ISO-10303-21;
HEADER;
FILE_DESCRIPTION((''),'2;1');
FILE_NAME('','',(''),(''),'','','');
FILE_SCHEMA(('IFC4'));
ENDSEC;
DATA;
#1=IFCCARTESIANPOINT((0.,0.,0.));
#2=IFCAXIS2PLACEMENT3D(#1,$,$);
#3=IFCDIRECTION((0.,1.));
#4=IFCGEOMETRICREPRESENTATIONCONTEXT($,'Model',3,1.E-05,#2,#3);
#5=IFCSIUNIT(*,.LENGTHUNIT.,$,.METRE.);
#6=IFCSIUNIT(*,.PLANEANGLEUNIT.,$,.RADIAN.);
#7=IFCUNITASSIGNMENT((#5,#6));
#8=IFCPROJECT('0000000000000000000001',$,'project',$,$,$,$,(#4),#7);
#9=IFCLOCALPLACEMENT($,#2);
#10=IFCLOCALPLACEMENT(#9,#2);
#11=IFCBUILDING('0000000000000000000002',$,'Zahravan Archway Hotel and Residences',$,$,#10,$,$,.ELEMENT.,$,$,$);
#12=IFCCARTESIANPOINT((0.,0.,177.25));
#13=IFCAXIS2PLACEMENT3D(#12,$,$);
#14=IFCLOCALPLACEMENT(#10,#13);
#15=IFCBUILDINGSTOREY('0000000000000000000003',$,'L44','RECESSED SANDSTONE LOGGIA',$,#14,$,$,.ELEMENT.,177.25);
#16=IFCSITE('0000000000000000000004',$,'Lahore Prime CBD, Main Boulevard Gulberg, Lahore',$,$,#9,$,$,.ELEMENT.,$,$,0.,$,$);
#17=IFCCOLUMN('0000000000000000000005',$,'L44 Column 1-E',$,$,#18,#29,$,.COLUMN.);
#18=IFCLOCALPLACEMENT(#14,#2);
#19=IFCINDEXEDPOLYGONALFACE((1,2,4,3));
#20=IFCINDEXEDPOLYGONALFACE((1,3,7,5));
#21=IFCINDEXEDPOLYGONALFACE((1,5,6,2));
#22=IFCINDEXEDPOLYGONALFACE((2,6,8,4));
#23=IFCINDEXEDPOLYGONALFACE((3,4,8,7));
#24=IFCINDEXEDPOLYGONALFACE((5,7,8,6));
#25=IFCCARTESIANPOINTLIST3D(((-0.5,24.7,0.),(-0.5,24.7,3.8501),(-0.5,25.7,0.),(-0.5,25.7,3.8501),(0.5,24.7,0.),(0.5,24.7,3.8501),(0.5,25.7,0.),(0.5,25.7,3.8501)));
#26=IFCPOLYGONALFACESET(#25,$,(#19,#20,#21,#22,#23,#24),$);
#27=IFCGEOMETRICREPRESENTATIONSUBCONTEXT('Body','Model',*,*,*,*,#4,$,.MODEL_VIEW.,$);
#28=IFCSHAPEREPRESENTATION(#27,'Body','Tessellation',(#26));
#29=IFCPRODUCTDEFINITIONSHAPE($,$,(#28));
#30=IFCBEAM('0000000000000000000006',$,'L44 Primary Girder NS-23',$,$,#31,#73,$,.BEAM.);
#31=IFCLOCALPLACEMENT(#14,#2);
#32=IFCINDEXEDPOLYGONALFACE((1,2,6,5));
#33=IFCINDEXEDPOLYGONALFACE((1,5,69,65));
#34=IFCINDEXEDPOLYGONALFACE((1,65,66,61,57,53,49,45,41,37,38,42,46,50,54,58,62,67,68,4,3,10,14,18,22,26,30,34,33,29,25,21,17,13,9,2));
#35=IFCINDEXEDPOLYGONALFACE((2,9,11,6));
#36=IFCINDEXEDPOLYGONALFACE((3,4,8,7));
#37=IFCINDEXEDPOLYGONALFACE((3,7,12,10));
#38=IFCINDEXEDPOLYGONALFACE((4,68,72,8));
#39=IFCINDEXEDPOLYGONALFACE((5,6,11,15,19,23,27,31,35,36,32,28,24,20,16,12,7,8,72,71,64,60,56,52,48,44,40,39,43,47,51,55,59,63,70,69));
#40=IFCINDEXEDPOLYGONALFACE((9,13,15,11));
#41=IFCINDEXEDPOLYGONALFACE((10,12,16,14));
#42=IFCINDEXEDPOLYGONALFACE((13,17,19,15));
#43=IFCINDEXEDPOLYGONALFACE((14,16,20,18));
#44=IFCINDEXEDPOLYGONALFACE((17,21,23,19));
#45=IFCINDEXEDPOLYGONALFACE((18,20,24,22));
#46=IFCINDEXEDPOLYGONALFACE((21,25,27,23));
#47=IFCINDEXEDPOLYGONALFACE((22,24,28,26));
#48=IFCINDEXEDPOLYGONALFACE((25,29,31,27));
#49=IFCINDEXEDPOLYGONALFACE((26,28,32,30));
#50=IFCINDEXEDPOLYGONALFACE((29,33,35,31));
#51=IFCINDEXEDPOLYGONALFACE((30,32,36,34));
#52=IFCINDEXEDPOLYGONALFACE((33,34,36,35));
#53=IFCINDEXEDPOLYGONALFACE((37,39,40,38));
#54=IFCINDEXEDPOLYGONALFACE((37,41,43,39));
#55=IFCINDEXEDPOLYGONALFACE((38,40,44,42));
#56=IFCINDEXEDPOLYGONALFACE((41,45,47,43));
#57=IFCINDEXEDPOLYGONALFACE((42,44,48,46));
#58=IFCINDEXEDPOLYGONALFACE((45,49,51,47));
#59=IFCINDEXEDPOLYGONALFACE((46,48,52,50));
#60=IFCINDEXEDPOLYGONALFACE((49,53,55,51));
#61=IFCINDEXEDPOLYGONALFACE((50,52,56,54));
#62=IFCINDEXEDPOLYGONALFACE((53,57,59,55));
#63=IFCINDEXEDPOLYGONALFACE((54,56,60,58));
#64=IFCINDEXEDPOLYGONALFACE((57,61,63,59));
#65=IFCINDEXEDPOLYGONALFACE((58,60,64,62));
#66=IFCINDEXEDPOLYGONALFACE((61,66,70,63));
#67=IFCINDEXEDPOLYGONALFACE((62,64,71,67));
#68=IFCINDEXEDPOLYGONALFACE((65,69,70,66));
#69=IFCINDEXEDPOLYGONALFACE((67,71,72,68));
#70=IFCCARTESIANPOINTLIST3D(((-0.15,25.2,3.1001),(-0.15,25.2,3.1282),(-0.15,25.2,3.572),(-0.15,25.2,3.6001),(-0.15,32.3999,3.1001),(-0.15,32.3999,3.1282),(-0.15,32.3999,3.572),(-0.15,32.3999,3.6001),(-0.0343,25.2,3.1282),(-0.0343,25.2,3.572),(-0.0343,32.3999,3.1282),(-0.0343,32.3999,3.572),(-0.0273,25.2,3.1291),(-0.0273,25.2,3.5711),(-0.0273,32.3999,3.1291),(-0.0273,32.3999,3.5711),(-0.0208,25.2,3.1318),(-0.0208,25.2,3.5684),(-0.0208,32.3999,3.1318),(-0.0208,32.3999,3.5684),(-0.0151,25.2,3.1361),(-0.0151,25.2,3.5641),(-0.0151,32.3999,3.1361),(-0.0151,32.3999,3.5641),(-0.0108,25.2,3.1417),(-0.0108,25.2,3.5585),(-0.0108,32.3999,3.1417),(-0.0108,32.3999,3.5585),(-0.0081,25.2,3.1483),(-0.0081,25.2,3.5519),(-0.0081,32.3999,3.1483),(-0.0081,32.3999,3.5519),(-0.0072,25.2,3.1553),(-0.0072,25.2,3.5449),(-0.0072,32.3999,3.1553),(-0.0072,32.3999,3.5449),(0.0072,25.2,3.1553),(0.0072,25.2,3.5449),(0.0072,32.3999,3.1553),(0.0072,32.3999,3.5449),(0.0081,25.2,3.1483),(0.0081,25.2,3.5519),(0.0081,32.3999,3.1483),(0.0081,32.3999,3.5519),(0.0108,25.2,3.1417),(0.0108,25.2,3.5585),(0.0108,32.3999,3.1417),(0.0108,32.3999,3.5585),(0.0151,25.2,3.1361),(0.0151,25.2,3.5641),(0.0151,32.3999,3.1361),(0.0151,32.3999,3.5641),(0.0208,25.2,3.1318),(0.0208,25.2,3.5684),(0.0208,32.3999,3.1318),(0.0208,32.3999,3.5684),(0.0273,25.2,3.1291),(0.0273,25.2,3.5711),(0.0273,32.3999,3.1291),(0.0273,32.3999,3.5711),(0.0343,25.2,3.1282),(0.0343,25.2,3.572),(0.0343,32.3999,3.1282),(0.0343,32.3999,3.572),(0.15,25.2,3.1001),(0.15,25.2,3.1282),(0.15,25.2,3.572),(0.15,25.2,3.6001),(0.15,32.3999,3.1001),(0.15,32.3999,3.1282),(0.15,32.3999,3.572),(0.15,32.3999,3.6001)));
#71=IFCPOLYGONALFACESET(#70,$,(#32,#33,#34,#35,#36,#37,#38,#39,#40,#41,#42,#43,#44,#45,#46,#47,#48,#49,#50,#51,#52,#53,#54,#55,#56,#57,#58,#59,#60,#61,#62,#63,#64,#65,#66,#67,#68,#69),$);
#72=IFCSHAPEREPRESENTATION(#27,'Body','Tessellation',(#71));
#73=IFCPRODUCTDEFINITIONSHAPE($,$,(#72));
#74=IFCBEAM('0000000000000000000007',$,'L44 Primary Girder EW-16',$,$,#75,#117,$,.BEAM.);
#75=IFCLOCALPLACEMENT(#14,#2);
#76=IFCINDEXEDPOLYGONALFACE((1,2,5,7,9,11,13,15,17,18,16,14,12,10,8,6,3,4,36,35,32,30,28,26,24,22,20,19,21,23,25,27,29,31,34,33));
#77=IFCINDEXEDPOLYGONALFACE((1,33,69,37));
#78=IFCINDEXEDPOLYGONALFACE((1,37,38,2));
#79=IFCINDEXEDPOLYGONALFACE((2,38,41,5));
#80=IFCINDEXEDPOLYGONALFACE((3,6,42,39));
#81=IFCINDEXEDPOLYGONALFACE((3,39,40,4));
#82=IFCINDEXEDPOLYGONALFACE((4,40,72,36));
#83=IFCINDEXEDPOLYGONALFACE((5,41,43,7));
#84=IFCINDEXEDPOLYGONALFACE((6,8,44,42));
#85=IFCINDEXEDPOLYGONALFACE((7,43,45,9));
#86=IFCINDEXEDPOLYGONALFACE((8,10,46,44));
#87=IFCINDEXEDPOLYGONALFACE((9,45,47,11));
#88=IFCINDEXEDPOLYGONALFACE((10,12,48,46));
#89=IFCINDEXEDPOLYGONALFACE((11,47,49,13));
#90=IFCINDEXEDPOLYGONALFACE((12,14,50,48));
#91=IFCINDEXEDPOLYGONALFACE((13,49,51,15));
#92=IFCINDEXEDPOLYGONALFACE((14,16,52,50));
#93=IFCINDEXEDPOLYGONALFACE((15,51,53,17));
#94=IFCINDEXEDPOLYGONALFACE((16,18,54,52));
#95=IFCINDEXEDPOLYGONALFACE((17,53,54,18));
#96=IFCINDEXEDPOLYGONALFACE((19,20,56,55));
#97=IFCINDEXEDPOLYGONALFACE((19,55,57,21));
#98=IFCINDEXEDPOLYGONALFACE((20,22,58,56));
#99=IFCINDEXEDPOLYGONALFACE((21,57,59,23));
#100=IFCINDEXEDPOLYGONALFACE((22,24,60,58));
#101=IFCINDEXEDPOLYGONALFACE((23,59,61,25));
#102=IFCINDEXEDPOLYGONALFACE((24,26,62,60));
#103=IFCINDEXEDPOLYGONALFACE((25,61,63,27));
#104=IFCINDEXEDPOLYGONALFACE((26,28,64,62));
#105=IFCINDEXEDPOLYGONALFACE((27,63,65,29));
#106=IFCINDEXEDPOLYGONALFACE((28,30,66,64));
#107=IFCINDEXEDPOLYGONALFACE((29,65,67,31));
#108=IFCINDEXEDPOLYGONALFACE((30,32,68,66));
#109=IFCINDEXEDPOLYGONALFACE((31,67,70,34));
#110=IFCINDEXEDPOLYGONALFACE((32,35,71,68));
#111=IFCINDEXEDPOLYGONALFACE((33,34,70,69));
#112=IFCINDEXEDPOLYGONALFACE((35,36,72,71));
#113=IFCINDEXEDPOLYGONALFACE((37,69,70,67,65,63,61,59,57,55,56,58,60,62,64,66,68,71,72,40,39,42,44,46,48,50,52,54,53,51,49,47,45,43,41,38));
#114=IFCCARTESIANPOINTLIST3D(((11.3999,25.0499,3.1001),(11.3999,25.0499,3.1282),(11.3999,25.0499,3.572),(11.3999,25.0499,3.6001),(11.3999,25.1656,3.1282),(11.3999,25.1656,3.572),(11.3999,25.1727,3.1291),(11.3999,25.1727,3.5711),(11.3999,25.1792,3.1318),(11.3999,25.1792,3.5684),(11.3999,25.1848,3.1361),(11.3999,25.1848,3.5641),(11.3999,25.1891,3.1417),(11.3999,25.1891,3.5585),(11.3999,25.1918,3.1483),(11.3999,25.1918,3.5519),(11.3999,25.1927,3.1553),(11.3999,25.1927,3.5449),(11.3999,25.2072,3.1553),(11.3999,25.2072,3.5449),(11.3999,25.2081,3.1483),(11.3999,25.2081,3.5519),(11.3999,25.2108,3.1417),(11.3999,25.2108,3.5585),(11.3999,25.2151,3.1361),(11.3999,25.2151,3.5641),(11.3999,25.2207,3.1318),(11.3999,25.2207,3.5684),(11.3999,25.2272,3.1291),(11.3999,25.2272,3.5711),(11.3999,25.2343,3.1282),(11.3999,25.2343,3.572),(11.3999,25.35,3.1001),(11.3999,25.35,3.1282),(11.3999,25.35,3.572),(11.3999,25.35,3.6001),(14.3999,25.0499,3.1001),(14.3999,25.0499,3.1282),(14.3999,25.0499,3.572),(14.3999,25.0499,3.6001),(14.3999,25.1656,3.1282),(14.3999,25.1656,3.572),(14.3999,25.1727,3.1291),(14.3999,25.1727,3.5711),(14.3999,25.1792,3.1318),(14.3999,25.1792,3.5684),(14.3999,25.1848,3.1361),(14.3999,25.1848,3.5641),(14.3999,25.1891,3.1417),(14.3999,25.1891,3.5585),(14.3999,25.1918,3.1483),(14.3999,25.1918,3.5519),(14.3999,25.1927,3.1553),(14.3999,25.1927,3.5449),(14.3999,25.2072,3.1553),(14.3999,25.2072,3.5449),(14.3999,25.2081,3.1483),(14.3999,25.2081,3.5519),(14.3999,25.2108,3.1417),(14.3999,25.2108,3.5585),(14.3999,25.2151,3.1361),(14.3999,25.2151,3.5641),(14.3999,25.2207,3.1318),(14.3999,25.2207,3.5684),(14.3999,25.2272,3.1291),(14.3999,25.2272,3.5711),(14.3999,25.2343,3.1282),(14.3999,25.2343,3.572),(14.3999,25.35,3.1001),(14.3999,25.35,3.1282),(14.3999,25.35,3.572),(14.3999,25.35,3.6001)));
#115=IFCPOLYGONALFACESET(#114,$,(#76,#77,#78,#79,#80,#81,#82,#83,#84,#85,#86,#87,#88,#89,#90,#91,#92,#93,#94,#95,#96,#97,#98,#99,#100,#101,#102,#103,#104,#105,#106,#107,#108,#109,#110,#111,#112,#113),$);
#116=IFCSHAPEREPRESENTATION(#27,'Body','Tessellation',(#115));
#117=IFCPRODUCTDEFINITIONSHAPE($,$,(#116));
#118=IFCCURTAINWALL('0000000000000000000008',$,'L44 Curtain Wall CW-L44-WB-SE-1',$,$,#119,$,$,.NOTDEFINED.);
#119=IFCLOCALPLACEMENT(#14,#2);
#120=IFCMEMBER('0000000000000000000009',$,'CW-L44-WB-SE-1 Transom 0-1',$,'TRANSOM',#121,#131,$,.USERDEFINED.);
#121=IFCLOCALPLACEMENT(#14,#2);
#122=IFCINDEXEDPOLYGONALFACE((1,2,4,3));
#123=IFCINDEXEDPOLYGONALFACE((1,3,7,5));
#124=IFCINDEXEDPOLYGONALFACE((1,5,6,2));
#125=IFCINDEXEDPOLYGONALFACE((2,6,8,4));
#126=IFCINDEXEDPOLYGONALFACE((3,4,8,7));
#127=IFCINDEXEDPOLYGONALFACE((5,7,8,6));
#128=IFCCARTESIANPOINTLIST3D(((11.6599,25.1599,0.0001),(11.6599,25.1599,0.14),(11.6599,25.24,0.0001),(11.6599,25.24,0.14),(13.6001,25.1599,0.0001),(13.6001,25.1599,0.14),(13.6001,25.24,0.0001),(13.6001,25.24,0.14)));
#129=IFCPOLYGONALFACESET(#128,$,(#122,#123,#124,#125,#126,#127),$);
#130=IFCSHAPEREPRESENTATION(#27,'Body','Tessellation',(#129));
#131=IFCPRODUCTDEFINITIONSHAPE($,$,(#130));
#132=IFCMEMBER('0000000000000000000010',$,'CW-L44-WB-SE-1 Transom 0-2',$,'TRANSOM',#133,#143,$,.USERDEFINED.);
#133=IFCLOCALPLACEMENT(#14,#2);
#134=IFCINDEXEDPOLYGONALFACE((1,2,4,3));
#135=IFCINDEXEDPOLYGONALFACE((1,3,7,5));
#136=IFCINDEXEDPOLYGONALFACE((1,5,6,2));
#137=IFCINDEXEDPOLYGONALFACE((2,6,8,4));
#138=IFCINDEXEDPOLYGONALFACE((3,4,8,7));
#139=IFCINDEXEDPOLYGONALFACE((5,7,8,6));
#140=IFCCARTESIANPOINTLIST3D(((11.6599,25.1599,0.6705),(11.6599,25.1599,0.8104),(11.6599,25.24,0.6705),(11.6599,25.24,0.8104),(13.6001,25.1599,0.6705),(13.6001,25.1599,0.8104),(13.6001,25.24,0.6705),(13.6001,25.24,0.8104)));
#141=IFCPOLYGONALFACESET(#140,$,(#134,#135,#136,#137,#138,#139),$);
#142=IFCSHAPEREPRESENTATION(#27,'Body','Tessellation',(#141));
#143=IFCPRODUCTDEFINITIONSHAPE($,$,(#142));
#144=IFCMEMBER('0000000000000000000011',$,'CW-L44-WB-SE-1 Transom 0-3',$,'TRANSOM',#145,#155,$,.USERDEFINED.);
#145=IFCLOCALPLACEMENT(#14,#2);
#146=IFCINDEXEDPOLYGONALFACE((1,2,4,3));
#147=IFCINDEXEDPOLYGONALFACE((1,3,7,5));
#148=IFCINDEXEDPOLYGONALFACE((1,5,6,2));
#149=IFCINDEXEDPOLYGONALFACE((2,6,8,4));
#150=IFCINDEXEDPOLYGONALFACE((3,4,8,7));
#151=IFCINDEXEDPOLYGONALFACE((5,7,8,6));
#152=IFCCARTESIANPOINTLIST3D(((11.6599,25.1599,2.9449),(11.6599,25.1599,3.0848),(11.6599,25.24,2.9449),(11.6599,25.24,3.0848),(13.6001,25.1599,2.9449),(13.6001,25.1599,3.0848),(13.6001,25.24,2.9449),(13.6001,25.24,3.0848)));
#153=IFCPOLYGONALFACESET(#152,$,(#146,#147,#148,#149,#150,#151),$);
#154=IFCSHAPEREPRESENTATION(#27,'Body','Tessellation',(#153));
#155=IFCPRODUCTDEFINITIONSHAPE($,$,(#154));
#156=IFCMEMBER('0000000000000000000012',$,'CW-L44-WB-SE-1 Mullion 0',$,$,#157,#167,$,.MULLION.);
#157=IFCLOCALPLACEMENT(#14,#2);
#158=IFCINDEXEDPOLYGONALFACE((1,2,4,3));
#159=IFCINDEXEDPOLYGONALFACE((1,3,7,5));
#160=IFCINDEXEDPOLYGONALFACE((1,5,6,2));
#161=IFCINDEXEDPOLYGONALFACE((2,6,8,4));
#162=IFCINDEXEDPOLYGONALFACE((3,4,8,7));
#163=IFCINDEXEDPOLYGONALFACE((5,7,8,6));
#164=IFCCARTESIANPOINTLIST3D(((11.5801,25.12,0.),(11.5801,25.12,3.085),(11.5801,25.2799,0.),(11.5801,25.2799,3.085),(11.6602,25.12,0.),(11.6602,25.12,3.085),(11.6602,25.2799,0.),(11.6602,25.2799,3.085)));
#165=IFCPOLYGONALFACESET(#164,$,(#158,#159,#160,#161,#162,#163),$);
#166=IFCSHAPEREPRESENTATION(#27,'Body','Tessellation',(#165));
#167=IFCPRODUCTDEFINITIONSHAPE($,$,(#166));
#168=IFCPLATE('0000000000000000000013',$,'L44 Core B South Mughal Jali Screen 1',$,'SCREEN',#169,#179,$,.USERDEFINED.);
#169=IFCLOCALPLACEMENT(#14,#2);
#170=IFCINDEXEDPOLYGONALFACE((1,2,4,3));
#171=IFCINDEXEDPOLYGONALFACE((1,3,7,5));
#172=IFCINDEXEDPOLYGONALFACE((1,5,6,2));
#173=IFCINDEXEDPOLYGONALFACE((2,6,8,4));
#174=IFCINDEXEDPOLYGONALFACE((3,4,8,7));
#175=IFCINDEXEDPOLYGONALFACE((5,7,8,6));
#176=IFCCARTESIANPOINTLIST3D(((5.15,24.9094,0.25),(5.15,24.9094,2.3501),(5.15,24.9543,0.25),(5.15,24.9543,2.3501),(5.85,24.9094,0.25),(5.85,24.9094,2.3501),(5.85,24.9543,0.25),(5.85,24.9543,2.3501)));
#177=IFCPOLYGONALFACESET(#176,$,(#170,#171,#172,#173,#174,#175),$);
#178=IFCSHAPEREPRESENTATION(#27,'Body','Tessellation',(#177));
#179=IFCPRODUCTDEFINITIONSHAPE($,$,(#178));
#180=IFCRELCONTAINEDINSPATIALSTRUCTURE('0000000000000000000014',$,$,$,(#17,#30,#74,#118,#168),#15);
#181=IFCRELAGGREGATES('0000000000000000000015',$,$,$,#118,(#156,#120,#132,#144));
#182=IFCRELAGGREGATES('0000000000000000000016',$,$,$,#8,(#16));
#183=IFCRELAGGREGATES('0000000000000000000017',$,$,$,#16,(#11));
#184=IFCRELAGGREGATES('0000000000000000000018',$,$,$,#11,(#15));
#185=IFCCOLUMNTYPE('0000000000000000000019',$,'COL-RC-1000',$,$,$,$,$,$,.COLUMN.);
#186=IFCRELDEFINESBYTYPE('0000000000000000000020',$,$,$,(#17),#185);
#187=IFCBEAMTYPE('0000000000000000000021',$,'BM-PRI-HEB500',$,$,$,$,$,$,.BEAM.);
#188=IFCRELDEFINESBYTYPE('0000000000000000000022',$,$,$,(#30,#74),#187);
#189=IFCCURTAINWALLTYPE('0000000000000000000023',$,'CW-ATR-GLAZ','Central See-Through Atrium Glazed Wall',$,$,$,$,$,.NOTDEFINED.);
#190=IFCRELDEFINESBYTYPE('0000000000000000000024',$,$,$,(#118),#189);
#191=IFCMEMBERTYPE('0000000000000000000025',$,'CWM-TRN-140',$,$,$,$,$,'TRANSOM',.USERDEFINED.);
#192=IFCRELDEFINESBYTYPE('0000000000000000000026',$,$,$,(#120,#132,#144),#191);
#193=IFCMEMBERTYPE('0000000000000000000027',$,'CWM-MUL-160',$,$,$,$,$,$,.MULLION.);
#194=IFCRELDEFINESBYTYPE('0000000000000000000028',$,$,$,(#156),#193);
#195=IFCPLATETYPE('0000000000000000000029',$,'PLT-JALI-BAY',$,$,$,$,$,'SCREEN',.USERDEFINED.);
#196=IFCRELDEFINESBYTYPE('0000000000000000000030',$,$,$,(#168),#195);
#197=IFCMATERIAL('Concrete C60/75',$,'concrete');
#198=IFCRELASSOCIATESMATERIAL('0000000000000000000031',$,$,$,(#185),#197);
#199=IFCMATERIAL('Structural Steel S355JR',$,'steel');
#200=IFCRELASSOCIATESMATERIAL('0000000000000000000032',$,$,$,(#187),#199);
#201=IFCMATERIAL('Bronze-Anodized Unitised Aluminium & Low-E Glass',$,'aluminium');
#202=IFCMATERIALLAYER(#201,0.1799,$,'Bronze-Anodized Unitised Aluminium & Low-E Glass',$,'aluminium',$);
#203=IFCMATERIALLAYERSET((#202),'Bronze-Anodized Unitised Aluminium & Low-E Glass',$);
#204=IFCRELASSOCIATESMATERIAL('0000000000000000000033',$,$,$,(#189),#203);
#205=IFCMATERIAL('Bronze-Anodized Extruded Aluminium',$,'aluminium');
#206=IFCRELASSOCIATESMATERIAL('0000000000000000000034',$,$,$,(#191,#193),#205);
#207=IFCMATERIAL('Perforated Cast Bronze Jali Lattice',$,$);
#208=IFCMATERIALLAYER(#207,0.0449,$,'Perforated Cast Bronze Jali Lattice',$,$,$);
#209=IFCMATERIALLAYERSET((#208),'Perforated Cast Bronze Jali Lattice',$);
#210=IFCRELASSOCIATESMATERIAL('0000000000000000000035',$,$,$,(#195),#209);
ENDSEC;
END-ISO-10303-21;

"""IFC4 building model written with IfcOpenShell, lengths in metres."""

from ifc_helpers import new_model, si_unit, direction, frame, origin, origin_2d, place, context, subcontext, project, spatial, rectangle, i_section, extrude, source, transform, mapped, material, layer, layer_set, material_profile, profile_set, type_object, type_shapes, element, aggregate, save


model = new_model("IFC4")

# Units and contexts
model_context = context("Model", 3, precision=1e-05, world=origin(), true_north=direction((0.0, 1.0)))
body_context = subcontext(model_context, "Body", "Model", "MODEL_VIEW")
ifc_project = project(units=[si_unit("LENGTHUNIT", "METRE"), si_unit("PLANEANGLEUNIT", "RADIAN")], contexts=[model_context])

# Site, building, storey
site_placement = place(None, origin())
site = spatial("IfcSite", under=ifc_project, at=site_placement, Name="Lahore Prime CBD, Main Boulevard Gulberg, Lahore", CompositionType="ELEMENT", RefElevation=0.0)
building_placement = place(site_placement, origin())
building = spatial("IfcBuilding", under=site, at=building_placement, Name="Zahravan Archway Hotel and Residences", CompositionType="ELEMENT")
storey_placement = place(building_placement, frame((0.0, 0.0, 177.25)))
storey = spatial("IfcBuildingStorey", under=building, at=storey_placement, Name="L44", Description="RECESSED SANDSTONE LOGGIA", CompositionType="ELEMENT", Elevation=177.25)

# Column
ifc_material_1 = material(Name="Concrete C60/75", Category="concrete")
ifc_material_profile_1 = material_profile(ifc_material_1, rectangle(XDim=1.0, YDim=1.0, at=origin_2d()), Name="RC-COL-1000x1000", Category="concrete")
ifc_profile_set_1 = profile_set([ifc_material_profile_1], Name="Concrete C60/75")
column_type = type_object("IfcColumnType", Name="COL-RC-1000", PredefinedType="COLUMN", material=ifc_profile_set_1)
shared_shape_1 = source(origin(), body_context, "Body", "SweptSolid", [
    extrude(rectangle(XDim=1.0, YDim=1.0, at=origin_2d()), origin(), (0.0, 0.0, 1.0), 3.8501),
])
column_placement = place(storey_placement, frame((0.0, 25.2, 0.0), z_axis=(0.0, 0.0, 1.0), x_axis=(1.0, 0.0, 0.0)))
element("IfcColumn", 1, at=column_placement, inside=storey, type_object=column_type, Name="L44 Column 1-E", PredefinedType="COLUMN", context=body_context, shape_type="MappedRepresentation", body=[
    mapped(shared_shape_1, transform((0.0, 0.0, 0.0), scale=1.0)),
])

# Beams
ifc_material_2 = material(Name="Structural Steel S355JR", Category="steel")
ifc_material_profile_2 = material_profile(ifc_material_2, i_section(OverallWidth=0.3, OverallDepth=0.5, WebThickness=0.0144, FlangeThickness=0.0281, FilletRadius=0.0271, at=origin_2d()), Name="HEB 500", Category="steel")
ifc_profile_set_2 = profile_set([ifc_material_profile_2], Name="Structural Steel S355JR")
beam_type = type_object("IfcBeamType", Name="BM-PRI-HEB500", PredefinedType="BEAM", material=ifc_profile_set_2)
shared_shape_2 = source(origin(), body_context, "Body", "SweptSolid", [
    extrude(i_section(OverallWidth=0.3, OverallDepth=0.5, WebThickness=0.0144, FlangeThickness=0.0281, FilletRadius=0.0271, at=origin_2d()), origin(), (0.0, 0.0, 1.0), 7.2),
])
beam_1_placement = place(storey_placement, frame((0.0, 25.2, 3.3501), z_axis=(0.0, 1.0, 0.0), x_axis=(-1.0, 0.0, 0.0)))
element("IfcBeam", 2, at=beam_1_placement, inside=storey, type_object=beam_type, Name="L44 Primary Girder NS-23", PredefinedType="BEAM", context=body_context, shape_type="MappedRepresentation", body=[
    mapped(shared_shape_2, transform((0.0, 0.0, 0.0), scale=1.0)),
])
shared_shape_3 = source(origin(), body_context, "Body", "SweptSolid", [
    extrude(i_section(OverallWidth=0.3, OverallDepth=0.5, WebThickness=0.0144, FlangeThickness=0.0281, FilletRadius=0.0271, at=origin_2d()), origin(), (0.0, 0.0, 1.0), 3.0),
])
beam_2_placement = place(storey_placement, frame((11.3999, 25.2, 3.3501), z_axis=(1.0, 0.0, 0.0), x_axis=(0.0, 1.0, 0.0)))
element("IfcBeam", 3, at=beam_2_placement, inside=storey, type_object=beam_type, Name="L44 Primary Girder EW-16", PredefinedType="BEAM", context=body_context, shape_type="MappedRepresentation", body=[
    mapped(shared_shape_3, transform((0.0, 0.0, 0.0), scale=1.0)),
])

# Curtain wall, members
ifc_material_3 = material(Name="Bronze-Anodized Unitised Aluminium & Low-E Glass", Category="aluminium")
ifc_layer_1 = layer(ifc_material_3, 0.1799, Name="Bronze-Anodized Unitised Aluminium & Low-E Glass", Category="aluminium")
ifc_layer_set_1 = layer_set([ifc_layer_1], Name="Bronze-Anodized Unitised Aluminium & Low-E Glass")
curtain_wall_type = type_object("IfcCurtainWallType", Name="CW-ATR-GLAZ", Description="Central See-Through Atrium Glazed Wall", PredefinedType="NOTDEFINED", material=ifc_layer_set_1)
curtain_wall_placement = place(storey_placement, origin())
curtain_wall = element("IfcCurtainWall", 4, at=curtain_wall_placement, inside=storey, type_object=curtain_wall_type, Name="L44 Curtain Wall CW-L44-WB-SE-1", PredefinedType="NOTDEFINED")
ifc_material_4 = material(Name="Bronze-Anodized Extruded Aluminium", Category="aluminium")
ifc_material_profile_3 = material_profile(ifc_material_4, rectangle(XDim=0.0801, YDim=0.1399, at=origin_2d()), Name="TRN 80x140", Category="aluminium")
ifc_profile_set_3 = profile_set([ifc_material_profile_3], Name="Bronze-Anodized Extruded Aluminium")
member_type_1 = type_object("IfcMemberType", Name="CWM-TRN-140", ElementType="TRANSOM", PredefinedType="USERDEFINED", material=ifc_profile_set_3)
shared_shape_4 = source(origin(), body_context, "Body", "SweptSolid", [
    extrude(rectangle(XDim=0.0801, YDim=0.1399, at=origin_2d()), origin(), (0.0, 0.0, 1.0), 1.9402),
])
member_1_placement = place(storey_placement, frame((11.6599, 25.2, 0.0701), z_axis=(1.0, 0.0, 0.0), x_axis=(0.0, 1.0, 0.0)))
member_1 = element("IfcMember", 5, at=member_1_placement, type_object=member_type_1, Name="CW-L44-WB-SE-1 Transom 0-1", ObjectType="TRANSOM", PredefinedType="USERDEFINED", context=body_context, shape_type="MappedRepresentation", body=[
    mapped(shared_shape_4, transform((0.0, 0.0, 0.0), scale=1.0)),
])
member_2_placement = place(storey_placement, frame((11.6599, 25.2, 0.7405), z_axis=(1.0, 0.0, 0.0), x_axis=(0.0, 1.0, 0.0)))
member_2 = element("IfcMember", 6, at=member_2_placement, type_object=member_type_1, Name="CW-L44-WB-SE-1 Transom 0-2", ObjectType="TRANSOM", PredefinedType="USERDEFINED", context=body_context, shape_type="MappedRepresentation", body=[
    mapped(shared_shape_4, transform((0.0, 0.0, 0.0), scale=1.0)),
])
member_3_placement = place(storey_placement, frame((11.6599, 25.2, 3.0149), z_axis=(1.0, 0.0, 0.0), x_axis=(0.0, 1.0, 0.0)))
member_3 = element("IfcMember", 7, at=member_3_placement, type_object=member_type_1, Name="CW-L44-WB-SE-1 Transom 0-3", ObjectType="TRANSOM", PredefinedType="USERDEFINED", context=body_context, shape_type="MappedRepresentation", body=[
    mapped(shared_shape_4, transform((0.0, 0.0, 0.0), scale=1.0)),
])
ifc_material_profile_4 = material_profile(ifc_material_4, rectangle(XDim=0.0801, YDim=0.1599, at=origin_2d()), Name="MUL 80x160", Category="aluminium")
ifc_profile_set_4 = profile_set([ifc_material_profile_4], Name="Bronze-Anodized Extruded Aluminium")
member_type_2 = type_object("IfcMemberType", Name="CWM-MUL-160", PredefinedType="MULLION", material=ifc_profile_set_4)
shared_shape_5 = source(origin(), body_context, "Body", "SweptSolid", [
    extrude(rectangle(XDim=0.0801, YDim=0.1599, at=origin_2d()), origin(), (0.0, 0.0, 1.0), 3.085),
])
member_4_placement = place(storey_placement, frame((11.6201, 25.2, 0.0), z_axis=(0.0, 0.0, 1.0), x_axis=(1.0, 0.0, 0.0)))
member_4 = element("IfcMember", 8, at=member_4_placement, type_object=member_type_2, Name="CW-L44-WB-SE-1 Mullion 0", PredefinedType="MULLION", context=body_context, shape_type="MappedRepresentation", body=[
    mapped(shared_shape_5, transform((0.0, 0.0, 0.0), scale=1.0)),
])
aggregate(curtain_wall, [member_4, member_1, member_2, member_3])

# Plate
ifc_material_5 = material(Name="Perforated Cast Bronze Jali Lattice")
ifc_layer_2 = layer(ifc_material_5, 0.0449, Name="Perforated Cast Bronze Jali Lattice")
ifc_layer_set_2 = layer_set([ifc_layer_2], Name="Perforated Cast Bronze Jali Lattice")
plate_type = type_object("IfcPlateType", Name="PLT-JALI-BAY", ElementType="SCREEN", PredefinedType="USERDEFINED", material=ifc_layer_set_2)
shared_shape_6 = source(origin(), body_context, "Body", "SweptSolid", [
    extrude(rectangle(XDim=0.7, YDim=0.0449, at=origin_2d()), origin(), (0.0, 0.0, 1.0), 2.1001),
])
type_shapes(plate_type, [shared_shape_6])
for number, where, z_axis, x_axis, name in (
    (9, (5.5, 24.9319, 0.25), (0.0, 0.0, 1.0), (1.0, 0.0, 0.0), "L44 Core B South Mughal Jali Screen 1"),
):
    element("IfcPlate", number, at=place(storey_placement, frame(where, z_axis=z_axis, x_axis=x_axis)), inside=storey, type_object=plate_type, Name=name, ObjectType="SCREEN", PredefinedType="USERDEFINED", context=body_context, shape_type="MappedRepresentation", body=[
        mapped(shared_shape_6, transform((0.0, 0.0, 0.0), scale=1.0)),
    ])

save(model, "model.ifc")
